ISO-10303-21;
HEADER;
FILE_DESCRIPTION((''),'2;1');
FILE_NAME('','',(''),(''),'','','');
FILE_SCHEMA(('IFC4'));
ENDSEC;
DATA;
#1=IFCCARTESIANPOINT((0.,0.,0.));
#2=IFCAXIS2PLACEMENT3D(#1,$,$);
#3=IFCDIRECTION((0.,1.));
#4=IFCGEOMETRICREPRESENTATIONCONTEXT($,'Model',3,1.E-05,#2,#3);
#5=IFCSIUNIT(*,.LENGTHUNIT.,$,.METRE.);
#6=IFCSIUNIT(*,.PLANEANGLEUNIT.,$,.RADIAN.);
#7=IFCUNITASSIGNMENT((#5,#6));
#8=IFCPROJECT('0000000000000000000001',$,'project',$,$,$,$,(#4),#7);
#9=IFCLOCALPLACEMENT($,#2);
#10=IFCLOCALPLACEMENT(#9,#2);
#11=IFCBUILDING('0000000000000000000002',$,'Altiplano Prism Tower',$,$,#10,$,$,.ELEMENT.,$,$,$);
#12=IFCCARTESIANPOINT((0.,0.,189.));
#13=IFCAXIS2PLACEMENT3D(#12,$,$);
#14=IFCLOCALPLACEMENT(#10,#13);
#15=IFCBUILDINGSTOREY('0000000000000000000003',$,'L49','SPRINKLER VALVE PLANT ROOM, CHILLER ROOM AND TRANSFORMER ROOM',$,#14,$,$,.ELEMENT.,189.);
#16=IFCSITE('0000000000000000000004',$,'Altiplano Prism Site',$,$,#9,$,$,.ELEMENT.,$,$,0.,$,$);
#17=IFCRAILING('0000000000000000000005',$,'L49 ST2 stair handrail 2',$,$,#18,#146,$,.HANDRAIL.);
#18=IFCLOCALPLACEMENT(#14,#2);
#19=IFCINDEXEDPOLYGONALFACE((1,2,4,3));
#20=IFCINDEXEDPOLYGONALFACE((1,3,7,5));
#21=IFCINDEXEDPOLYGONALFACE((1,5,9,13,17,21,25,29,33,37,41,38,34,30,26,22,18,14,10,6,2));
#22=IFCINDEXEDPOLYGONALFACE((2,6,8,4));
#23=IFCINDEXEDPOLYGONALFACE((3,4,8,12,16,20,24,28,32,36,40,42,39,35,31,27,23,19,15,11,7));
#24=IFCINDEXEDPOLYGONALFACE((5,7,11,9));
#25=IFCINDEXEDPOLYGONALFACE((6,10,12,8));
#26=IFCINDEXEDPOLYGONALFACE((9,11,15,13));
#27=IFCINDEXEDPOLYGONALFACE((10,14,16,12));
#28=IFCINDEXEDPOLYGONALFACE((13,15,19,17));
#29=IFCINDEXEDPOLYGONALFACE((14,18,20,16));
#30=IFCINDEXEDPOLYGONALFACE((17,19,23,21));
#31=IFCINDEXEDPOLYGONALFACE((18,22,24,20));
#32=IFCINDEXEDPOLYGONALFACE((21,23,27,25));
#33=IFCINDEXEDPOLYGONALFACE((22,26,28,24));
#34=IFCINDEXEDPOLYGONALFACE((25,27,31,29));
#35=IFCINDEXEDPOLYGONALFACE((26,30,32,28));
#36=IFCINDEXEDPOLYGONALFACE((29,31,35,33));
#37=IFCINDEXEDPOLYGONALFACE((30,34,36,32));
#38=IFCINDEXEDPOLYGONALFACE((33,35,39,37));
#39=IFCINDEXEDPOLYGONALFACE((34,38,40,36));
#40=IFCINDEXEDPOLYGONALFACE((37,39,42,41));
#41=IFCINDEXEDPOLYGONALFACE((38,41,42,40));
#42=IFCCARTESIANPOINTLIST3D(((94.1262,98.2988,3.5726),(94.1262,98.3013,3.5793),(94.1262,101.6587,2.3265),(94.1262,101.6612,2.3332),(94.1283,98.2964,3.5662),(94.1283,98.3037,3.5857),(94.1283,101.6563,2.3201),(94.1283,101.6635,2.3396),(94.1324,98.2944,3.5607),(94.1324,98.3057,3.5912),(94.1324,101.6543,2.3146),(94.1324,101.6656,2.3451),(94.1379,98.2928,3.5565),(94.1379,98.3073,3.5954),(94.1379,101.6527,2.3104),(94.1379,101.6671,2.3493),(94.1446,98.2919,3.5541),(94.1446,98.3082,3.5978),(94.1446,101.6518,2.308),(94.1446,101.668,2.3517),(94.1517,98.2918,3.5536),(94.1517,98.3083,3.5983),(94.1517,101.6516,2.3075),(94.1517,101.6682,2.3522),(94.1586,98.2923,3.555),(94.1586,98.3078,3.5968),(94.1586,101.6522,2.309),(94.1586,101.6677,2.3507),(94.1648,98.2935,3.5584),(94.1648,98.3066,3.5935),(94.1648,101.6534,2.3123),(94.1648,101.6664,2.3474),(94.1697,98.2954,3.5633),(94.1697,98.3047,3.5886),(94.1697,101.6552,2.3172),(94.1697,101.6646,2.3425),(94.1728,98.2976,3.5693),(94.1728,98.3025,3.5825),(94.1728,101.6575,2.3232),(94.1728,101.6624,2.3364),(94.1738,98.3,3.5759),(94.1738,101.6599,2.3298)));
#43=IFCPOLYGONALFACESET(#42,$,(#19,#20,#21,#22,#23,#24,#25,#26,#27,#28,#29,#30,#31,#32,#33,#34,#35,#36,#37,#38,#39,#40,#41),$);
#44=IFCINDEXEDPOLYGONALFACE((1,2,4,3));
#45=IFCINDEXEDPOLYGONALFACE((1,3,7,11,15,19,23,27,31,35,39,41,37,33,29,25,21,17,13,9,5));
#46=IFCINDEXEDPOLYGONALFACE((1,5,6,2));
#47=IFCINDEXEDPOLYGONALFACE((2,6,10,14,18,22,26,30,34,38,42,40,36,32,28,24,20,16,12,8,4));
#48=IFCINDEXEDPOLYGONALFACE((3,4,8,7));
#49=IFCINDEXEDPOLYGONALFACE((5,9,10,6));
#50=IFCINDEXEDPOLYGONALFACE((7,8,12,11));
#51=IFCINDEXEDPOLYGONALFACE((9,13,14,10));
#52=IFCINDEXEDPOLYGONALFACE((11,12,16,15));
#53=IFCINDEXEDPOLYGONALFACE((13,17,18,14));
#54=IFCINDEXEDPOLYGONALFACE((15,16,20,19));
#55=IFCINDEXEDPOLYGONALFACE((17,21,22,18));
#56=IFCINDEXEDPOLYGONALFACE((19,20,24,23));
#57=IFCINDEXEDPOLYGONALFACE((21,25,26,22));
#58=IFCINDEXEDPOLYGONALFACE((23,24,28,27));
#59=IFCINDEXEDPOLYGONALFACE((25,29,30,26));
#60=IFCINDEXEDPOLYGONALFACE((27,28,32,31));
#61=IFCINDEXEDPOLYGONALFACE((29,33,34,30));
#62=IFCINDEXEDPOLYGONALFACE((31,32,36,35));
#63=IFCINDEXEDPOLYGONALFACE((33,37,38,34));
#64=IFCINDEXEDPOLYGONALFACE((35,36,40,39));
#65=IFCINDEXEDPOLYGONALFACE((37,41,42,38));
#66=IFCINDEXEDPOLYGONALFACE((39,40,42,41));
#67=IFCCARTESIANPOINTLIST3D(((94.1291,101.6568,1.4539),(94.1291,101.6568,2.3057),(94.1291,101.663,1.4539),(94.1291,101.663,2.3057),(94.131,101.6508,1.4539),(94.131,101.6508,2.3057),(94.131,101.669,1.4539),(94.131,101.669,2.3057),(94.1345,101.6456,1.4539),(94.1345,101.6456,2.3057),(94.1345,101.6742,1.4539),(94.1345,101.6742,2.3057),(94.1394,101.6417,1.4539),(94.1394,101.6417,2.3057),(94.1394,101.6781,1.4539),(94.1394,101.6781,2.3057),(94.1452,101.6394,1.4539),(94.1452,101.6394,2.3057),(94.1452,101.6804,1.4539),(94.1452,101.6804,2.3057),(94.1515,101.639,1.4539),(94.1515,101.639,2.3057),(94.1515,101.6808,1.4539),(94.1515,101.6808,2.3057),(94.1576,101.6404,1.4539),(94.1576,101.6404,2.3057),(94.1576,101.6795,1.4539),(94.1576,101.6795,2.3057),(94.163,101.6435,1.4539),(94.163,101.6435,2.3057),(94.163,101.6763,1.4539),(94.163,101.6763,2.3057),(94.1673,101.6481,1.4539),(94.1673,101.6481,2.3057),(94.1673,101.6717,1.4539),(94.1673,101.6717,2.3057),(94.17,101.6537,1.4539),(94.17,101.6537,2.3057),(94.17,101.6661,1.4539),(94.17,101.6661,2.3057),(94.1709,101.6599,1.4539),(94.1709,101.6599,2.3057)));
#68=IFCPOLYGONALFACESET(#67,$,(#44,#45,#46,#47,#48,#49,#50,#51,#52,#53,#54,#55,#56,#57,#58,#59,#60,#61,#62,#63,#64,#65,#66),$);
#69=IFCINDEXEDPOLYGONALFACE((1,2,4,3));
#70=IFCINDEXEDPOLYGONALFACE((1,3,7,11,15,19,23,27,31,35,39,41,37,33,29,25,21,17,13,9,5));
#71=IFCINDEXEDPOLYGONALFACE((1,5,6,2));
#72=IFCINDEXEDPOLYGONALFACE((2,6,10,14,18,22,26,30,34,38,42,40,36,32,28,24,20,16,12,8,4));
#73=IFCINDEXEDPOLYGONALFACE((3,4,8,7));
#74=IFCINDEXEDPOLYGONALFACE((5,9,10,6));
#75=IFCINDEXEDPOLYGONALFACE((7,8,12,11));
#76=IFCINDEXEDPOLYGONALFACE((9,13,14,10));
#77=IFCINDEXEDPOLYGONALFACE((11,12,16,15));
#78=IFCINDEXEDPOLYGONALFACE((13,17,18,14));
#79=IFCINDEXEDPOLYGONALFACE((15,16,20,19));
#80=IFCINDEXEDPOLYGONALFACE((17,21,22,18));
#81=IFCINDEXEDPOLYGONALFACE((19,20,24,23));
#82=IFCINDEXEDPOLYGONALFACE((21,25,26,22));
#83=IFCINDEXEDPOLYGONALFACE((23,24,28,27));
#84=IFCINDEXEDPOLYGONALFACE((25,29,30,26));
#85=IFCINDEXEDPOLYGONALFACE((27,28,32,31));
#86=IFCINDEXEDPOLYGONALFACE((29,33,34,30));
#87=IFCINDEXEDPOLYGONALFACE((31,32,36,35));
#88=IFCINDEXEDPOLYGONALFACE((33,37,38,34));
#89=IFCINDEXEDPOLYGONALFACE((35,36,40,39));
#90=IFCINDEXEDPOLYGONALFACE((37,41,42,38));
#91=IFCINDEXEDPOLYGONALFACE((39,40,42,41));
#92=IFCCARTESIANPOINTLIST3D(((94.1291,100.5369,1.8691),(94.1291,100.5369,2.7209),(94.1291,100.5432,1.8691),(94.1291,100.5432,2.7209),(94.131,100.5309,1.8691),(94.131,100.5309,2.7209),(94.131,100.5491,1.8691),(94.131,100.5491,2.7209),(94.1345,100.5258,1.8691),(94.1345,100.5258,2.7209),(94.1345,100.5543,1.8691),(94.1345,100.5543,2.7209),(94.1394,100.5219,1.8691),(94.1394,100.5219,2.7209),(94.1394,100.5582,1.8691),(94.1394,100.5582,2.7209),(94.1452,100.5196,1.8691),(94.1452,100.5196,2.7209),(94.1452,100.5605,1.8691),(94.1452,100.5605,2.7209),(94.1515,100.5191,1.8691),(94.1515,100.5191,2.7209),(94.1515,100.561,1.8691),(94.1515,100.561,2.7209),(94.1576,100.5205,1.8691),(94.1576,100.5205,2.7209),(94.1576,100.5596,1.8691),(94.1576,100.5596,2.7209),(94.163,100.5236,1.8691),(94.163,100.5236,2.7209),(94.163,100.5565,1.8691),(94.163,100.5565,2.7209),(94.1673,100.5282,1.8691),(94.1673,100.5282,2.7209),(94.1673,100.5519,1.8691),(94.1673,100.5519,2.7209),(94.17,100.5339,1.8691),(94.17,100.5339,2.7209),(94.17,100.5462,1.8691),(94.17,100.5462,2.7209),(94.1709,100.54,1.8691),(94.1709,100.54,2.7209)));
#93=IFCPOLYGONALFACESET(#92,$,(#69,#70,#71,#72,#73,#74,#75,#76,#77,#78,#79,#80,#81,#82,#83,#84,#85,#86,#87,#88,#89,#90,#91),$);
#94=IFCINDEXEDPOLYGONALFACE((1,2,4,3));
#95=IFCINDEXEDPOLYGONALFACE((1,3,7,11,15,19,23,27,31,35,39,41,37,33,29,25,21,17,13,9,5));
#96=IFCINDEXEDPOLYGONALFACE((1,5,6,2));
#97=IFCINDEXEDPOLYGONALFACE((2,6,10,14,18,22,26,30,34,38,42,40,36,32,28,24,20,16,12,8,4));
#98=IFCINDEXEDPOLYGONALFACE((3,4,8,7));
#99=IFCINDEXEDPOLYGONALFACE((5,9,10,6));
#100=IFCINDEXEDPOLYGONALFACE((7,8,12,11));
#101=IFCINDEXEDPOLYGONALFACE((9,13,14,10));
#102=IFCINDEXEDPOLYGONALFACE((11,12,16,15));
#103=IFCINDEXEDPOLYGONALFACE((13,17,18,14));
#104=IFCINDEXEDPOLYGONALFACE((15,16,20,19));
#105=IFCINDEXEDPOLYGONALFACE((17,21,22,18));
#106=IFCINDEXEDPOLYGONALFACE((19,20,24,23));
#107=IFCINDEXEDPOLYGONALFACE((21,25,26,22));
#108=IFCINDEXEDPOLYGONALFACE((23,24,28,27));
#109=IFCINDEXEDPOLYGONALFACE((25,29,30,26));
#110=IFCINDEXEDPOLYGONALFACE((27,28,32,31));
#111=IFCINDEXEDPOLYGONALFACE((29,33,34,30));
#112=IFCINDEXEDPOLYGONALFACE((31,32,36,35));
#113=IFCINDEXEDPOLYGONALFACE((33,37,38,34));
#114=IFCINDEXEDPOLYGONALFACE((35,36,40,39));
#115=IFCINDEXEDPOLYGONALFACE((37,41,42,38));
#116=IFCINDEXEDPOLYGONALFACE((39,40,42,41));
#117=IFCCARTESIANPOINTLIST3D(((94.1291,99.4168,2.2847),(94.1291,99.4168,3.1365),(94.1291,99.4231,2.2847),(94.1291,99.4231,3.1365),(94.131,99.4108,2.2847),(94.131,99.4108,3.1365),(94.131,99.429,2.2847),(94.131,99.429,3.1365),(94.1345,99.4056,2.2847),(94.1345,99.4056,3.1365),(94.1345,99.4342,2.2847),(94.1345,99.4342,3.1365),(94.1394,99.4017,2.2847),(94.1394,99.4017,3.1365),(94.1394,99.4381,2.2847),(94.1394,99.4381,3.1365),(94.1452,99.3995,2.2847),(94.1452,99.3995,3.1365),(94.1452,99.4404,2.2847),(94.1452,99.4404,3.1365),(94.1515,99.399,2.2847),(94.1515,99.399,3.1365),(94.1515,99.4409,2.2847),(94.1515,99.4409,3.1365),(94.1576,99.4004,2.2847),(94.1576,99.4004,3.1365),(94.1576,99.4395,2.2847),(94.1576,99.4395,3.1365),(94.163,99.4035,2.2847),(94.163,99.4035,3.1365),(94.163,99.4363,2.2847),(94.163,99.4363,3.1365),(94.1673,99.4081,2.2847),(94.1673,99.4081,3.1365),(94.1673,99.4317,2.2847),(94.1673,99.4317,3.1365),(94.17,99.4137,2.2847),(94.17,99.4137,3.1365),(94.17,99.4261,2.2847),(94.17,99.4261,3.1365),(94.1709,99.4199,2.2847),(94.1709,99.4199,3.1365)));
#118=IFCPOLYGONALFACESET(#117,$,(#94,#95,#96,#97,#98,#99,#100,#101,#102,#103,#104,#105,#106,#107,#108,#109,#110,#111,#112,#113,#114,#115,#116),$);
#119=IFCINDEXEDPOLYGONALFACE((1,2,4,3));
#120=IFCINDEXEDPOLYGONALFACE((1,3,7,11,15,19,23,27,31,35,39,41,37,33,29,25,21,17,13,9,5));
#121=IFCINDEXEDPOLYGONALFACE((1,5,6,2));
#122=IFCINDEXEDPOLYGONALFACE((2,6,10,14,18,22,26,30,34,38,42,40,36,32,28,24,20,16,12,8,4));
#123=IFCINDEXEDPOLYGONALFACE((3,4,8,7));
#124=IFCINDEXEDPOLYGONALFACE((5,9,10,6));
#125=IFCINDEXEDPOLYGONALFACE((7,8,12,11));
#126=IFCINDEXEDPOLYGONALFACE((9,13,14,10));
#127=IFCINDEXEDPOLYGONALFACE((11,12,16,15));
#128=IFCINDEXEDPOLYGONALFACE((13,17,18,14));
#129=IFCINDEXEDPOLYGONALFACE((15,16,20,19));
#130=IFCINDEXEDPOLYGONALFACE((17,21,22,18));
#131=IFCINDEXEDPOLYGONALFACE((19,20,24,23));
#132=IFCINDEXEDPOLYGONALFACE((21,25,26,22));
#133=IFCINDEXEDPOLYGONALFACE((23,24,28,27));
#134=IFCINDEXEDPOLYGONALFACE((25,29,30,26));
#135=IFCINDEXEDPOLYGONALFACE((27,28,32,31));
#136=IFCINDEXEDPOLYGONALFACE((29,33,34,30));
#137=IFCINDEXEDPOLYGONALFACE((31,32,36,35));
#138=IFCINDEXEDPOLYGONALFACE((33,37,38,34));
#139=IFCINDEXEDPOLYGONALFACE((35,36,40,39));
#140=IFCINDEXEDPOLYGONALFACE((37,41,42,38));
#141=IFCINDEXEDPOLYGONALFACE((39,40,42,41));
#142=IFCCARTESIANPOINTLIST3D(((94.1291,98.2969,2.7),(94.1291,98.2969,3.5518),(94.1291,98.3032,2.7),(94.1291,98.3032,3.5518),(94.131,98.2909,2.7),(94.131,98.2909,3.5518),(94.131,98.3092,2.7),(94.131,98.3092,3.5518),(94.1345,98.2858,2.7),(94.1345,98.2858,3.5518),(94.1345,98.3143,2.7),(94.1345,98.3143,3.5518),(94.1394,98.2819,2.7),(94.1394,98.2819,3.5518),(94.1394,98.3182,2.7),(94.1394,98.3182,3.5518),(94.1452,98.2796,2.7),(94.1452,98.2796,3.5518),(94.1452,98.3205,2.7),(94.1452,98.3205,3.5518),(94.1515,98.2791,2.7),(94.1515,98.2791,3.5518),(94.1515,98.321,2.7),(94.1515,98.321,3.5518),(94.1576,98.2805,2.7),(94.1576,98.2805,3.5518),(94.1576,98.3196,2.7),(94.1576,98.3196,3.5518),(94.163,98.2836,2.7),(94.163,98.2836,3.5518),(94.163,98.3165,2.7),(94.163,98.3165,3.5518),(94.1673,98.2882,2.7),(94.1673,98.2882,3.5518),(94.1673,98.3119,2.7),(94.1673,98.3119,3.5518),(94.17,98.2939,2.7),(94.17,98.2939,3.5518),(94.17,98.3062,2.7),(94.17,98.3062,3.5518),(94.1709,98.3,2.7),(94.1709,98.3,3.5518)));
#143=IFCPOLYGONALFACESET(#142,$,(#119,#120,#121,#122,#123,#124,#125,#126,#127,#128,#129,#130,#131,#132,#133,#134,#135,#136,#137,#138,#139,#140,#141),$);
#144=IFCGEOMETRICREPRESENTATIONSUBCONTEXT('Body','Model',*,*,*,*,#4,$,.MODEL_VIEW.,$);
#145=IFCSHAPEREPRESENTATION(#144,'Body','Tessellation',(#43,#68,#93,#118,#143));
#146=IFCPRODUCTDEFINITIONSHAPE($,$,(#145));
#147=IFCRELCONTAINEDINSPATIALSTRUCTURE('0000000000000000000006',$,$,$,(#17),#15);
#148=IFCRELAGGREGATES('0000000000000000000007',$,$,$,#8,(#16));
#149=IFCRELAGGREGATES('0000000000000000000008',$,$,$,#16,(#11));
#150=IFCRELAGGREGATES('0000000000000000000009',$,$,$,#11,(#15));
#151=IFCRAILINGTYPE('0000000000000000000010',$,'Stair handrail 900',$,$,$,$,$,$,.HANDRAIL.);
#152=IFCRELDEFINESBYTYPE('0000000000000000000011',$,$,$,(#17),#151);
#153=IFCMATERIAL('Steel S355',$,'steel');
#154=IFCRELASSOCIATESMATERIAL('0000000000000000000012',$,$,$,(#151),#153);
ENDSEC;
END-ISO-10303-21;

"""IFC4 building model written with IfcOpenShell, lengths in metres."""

from ifc_helpers import new_model, si_unit, direction, frame, origin, origin_2d, place, context, subcontext, project, spatial, circle, extrude, material, type_object, element, save


model = new_model("IFC4")

# Units and contexts
model_context = context("Model", 3, precision=1e-05, world=origin(), true_north=direction((0.0, 1.0)))
body_context = subcontext(model_context, "Body", "Model", "MODEL_VIEW")
ifc_project = project(units=[si_unit("LENGTHUNIT", "METRE"), si_unit("PLANEANGLEUNIT", "RADIAN")], contexts=[model_context])

# Site, building, storey
site_placement = place(None, origin())
site = spatial("IfcSite", under=ifc_project, at=site_placement, Name="Altiplano Prism Site", CompositionType="ELEMENT", RefElevation=0.0)
building_placement = place(site_placement, origin())
building = spatial("IfcBuilding", under=site, at=building_placement, Name="Altiplano Prism Tower", CompositionType="ELEMENT")
storey_placement = place(building_placement, frame((0.0, 0.0, 189.0)))
storey = spatial("IfcBuildingStorey", under=building, at=storey_placement, Name="L49", Description="SPRINKLER VALVE PLANT ROOM, CHILLER ROOM AND TRANSFORMER ROOM", CompositionType="ELEMENT", Elevation=189.0)

# Shared definitions
ifc_material_1 = material(Name="Steel S355", Category="steel")

# Railing
railing_type_1 = type_object("IfcRailingType", Name="Stair handrail 900", PredefinedType="HANDRAIL", material=ifc_material_1)
railing_1_placement = place(storey_placement, frame((94.1499, 101.6599, 1.4539)))
element("IfcRailing", 1, at=railing_1_placement, inside=storey, type_object=railing_type_1, Name="L49 ST2 stair handrail 2", PredefinedType="HANDRAIL", context=body_context, shape_type="SweptSolid", body=[
    extrude(circle(Radius=0.0239, at=origin_2d()), frame((0.0, 0.0, 0.876), z_axis=(0.0, -0.937594, 0.347731), x_axis=(1.0, 0.0, 0.0)), (0.0, 0.0, 1.0), 3.5835),
    extrude(circle(Radius=0.021, at=origin_2d()), origin(), (0.0, 0.0, 1.0), 0.8518),
    extrude(circle(Radius=0.021, at=origin_2d()), frame((0.0, -1.1199, 0.4153)), (0.0, 0.0, 1.0), 0.8518),
    extrude(circle(Radius=0.021, at=origin_2d()), frame((0.0, -2.24, 0.8308)), (0.0, 0.0, 1.0), 0.8518),
    extrude(circle(Radius=0.021, at=origin_2d()), frame((0.0, -3.3599, 1.2461)), (0.0, 0.0, 1.0), 0.8518),
])

save(model, "model.ifc")
